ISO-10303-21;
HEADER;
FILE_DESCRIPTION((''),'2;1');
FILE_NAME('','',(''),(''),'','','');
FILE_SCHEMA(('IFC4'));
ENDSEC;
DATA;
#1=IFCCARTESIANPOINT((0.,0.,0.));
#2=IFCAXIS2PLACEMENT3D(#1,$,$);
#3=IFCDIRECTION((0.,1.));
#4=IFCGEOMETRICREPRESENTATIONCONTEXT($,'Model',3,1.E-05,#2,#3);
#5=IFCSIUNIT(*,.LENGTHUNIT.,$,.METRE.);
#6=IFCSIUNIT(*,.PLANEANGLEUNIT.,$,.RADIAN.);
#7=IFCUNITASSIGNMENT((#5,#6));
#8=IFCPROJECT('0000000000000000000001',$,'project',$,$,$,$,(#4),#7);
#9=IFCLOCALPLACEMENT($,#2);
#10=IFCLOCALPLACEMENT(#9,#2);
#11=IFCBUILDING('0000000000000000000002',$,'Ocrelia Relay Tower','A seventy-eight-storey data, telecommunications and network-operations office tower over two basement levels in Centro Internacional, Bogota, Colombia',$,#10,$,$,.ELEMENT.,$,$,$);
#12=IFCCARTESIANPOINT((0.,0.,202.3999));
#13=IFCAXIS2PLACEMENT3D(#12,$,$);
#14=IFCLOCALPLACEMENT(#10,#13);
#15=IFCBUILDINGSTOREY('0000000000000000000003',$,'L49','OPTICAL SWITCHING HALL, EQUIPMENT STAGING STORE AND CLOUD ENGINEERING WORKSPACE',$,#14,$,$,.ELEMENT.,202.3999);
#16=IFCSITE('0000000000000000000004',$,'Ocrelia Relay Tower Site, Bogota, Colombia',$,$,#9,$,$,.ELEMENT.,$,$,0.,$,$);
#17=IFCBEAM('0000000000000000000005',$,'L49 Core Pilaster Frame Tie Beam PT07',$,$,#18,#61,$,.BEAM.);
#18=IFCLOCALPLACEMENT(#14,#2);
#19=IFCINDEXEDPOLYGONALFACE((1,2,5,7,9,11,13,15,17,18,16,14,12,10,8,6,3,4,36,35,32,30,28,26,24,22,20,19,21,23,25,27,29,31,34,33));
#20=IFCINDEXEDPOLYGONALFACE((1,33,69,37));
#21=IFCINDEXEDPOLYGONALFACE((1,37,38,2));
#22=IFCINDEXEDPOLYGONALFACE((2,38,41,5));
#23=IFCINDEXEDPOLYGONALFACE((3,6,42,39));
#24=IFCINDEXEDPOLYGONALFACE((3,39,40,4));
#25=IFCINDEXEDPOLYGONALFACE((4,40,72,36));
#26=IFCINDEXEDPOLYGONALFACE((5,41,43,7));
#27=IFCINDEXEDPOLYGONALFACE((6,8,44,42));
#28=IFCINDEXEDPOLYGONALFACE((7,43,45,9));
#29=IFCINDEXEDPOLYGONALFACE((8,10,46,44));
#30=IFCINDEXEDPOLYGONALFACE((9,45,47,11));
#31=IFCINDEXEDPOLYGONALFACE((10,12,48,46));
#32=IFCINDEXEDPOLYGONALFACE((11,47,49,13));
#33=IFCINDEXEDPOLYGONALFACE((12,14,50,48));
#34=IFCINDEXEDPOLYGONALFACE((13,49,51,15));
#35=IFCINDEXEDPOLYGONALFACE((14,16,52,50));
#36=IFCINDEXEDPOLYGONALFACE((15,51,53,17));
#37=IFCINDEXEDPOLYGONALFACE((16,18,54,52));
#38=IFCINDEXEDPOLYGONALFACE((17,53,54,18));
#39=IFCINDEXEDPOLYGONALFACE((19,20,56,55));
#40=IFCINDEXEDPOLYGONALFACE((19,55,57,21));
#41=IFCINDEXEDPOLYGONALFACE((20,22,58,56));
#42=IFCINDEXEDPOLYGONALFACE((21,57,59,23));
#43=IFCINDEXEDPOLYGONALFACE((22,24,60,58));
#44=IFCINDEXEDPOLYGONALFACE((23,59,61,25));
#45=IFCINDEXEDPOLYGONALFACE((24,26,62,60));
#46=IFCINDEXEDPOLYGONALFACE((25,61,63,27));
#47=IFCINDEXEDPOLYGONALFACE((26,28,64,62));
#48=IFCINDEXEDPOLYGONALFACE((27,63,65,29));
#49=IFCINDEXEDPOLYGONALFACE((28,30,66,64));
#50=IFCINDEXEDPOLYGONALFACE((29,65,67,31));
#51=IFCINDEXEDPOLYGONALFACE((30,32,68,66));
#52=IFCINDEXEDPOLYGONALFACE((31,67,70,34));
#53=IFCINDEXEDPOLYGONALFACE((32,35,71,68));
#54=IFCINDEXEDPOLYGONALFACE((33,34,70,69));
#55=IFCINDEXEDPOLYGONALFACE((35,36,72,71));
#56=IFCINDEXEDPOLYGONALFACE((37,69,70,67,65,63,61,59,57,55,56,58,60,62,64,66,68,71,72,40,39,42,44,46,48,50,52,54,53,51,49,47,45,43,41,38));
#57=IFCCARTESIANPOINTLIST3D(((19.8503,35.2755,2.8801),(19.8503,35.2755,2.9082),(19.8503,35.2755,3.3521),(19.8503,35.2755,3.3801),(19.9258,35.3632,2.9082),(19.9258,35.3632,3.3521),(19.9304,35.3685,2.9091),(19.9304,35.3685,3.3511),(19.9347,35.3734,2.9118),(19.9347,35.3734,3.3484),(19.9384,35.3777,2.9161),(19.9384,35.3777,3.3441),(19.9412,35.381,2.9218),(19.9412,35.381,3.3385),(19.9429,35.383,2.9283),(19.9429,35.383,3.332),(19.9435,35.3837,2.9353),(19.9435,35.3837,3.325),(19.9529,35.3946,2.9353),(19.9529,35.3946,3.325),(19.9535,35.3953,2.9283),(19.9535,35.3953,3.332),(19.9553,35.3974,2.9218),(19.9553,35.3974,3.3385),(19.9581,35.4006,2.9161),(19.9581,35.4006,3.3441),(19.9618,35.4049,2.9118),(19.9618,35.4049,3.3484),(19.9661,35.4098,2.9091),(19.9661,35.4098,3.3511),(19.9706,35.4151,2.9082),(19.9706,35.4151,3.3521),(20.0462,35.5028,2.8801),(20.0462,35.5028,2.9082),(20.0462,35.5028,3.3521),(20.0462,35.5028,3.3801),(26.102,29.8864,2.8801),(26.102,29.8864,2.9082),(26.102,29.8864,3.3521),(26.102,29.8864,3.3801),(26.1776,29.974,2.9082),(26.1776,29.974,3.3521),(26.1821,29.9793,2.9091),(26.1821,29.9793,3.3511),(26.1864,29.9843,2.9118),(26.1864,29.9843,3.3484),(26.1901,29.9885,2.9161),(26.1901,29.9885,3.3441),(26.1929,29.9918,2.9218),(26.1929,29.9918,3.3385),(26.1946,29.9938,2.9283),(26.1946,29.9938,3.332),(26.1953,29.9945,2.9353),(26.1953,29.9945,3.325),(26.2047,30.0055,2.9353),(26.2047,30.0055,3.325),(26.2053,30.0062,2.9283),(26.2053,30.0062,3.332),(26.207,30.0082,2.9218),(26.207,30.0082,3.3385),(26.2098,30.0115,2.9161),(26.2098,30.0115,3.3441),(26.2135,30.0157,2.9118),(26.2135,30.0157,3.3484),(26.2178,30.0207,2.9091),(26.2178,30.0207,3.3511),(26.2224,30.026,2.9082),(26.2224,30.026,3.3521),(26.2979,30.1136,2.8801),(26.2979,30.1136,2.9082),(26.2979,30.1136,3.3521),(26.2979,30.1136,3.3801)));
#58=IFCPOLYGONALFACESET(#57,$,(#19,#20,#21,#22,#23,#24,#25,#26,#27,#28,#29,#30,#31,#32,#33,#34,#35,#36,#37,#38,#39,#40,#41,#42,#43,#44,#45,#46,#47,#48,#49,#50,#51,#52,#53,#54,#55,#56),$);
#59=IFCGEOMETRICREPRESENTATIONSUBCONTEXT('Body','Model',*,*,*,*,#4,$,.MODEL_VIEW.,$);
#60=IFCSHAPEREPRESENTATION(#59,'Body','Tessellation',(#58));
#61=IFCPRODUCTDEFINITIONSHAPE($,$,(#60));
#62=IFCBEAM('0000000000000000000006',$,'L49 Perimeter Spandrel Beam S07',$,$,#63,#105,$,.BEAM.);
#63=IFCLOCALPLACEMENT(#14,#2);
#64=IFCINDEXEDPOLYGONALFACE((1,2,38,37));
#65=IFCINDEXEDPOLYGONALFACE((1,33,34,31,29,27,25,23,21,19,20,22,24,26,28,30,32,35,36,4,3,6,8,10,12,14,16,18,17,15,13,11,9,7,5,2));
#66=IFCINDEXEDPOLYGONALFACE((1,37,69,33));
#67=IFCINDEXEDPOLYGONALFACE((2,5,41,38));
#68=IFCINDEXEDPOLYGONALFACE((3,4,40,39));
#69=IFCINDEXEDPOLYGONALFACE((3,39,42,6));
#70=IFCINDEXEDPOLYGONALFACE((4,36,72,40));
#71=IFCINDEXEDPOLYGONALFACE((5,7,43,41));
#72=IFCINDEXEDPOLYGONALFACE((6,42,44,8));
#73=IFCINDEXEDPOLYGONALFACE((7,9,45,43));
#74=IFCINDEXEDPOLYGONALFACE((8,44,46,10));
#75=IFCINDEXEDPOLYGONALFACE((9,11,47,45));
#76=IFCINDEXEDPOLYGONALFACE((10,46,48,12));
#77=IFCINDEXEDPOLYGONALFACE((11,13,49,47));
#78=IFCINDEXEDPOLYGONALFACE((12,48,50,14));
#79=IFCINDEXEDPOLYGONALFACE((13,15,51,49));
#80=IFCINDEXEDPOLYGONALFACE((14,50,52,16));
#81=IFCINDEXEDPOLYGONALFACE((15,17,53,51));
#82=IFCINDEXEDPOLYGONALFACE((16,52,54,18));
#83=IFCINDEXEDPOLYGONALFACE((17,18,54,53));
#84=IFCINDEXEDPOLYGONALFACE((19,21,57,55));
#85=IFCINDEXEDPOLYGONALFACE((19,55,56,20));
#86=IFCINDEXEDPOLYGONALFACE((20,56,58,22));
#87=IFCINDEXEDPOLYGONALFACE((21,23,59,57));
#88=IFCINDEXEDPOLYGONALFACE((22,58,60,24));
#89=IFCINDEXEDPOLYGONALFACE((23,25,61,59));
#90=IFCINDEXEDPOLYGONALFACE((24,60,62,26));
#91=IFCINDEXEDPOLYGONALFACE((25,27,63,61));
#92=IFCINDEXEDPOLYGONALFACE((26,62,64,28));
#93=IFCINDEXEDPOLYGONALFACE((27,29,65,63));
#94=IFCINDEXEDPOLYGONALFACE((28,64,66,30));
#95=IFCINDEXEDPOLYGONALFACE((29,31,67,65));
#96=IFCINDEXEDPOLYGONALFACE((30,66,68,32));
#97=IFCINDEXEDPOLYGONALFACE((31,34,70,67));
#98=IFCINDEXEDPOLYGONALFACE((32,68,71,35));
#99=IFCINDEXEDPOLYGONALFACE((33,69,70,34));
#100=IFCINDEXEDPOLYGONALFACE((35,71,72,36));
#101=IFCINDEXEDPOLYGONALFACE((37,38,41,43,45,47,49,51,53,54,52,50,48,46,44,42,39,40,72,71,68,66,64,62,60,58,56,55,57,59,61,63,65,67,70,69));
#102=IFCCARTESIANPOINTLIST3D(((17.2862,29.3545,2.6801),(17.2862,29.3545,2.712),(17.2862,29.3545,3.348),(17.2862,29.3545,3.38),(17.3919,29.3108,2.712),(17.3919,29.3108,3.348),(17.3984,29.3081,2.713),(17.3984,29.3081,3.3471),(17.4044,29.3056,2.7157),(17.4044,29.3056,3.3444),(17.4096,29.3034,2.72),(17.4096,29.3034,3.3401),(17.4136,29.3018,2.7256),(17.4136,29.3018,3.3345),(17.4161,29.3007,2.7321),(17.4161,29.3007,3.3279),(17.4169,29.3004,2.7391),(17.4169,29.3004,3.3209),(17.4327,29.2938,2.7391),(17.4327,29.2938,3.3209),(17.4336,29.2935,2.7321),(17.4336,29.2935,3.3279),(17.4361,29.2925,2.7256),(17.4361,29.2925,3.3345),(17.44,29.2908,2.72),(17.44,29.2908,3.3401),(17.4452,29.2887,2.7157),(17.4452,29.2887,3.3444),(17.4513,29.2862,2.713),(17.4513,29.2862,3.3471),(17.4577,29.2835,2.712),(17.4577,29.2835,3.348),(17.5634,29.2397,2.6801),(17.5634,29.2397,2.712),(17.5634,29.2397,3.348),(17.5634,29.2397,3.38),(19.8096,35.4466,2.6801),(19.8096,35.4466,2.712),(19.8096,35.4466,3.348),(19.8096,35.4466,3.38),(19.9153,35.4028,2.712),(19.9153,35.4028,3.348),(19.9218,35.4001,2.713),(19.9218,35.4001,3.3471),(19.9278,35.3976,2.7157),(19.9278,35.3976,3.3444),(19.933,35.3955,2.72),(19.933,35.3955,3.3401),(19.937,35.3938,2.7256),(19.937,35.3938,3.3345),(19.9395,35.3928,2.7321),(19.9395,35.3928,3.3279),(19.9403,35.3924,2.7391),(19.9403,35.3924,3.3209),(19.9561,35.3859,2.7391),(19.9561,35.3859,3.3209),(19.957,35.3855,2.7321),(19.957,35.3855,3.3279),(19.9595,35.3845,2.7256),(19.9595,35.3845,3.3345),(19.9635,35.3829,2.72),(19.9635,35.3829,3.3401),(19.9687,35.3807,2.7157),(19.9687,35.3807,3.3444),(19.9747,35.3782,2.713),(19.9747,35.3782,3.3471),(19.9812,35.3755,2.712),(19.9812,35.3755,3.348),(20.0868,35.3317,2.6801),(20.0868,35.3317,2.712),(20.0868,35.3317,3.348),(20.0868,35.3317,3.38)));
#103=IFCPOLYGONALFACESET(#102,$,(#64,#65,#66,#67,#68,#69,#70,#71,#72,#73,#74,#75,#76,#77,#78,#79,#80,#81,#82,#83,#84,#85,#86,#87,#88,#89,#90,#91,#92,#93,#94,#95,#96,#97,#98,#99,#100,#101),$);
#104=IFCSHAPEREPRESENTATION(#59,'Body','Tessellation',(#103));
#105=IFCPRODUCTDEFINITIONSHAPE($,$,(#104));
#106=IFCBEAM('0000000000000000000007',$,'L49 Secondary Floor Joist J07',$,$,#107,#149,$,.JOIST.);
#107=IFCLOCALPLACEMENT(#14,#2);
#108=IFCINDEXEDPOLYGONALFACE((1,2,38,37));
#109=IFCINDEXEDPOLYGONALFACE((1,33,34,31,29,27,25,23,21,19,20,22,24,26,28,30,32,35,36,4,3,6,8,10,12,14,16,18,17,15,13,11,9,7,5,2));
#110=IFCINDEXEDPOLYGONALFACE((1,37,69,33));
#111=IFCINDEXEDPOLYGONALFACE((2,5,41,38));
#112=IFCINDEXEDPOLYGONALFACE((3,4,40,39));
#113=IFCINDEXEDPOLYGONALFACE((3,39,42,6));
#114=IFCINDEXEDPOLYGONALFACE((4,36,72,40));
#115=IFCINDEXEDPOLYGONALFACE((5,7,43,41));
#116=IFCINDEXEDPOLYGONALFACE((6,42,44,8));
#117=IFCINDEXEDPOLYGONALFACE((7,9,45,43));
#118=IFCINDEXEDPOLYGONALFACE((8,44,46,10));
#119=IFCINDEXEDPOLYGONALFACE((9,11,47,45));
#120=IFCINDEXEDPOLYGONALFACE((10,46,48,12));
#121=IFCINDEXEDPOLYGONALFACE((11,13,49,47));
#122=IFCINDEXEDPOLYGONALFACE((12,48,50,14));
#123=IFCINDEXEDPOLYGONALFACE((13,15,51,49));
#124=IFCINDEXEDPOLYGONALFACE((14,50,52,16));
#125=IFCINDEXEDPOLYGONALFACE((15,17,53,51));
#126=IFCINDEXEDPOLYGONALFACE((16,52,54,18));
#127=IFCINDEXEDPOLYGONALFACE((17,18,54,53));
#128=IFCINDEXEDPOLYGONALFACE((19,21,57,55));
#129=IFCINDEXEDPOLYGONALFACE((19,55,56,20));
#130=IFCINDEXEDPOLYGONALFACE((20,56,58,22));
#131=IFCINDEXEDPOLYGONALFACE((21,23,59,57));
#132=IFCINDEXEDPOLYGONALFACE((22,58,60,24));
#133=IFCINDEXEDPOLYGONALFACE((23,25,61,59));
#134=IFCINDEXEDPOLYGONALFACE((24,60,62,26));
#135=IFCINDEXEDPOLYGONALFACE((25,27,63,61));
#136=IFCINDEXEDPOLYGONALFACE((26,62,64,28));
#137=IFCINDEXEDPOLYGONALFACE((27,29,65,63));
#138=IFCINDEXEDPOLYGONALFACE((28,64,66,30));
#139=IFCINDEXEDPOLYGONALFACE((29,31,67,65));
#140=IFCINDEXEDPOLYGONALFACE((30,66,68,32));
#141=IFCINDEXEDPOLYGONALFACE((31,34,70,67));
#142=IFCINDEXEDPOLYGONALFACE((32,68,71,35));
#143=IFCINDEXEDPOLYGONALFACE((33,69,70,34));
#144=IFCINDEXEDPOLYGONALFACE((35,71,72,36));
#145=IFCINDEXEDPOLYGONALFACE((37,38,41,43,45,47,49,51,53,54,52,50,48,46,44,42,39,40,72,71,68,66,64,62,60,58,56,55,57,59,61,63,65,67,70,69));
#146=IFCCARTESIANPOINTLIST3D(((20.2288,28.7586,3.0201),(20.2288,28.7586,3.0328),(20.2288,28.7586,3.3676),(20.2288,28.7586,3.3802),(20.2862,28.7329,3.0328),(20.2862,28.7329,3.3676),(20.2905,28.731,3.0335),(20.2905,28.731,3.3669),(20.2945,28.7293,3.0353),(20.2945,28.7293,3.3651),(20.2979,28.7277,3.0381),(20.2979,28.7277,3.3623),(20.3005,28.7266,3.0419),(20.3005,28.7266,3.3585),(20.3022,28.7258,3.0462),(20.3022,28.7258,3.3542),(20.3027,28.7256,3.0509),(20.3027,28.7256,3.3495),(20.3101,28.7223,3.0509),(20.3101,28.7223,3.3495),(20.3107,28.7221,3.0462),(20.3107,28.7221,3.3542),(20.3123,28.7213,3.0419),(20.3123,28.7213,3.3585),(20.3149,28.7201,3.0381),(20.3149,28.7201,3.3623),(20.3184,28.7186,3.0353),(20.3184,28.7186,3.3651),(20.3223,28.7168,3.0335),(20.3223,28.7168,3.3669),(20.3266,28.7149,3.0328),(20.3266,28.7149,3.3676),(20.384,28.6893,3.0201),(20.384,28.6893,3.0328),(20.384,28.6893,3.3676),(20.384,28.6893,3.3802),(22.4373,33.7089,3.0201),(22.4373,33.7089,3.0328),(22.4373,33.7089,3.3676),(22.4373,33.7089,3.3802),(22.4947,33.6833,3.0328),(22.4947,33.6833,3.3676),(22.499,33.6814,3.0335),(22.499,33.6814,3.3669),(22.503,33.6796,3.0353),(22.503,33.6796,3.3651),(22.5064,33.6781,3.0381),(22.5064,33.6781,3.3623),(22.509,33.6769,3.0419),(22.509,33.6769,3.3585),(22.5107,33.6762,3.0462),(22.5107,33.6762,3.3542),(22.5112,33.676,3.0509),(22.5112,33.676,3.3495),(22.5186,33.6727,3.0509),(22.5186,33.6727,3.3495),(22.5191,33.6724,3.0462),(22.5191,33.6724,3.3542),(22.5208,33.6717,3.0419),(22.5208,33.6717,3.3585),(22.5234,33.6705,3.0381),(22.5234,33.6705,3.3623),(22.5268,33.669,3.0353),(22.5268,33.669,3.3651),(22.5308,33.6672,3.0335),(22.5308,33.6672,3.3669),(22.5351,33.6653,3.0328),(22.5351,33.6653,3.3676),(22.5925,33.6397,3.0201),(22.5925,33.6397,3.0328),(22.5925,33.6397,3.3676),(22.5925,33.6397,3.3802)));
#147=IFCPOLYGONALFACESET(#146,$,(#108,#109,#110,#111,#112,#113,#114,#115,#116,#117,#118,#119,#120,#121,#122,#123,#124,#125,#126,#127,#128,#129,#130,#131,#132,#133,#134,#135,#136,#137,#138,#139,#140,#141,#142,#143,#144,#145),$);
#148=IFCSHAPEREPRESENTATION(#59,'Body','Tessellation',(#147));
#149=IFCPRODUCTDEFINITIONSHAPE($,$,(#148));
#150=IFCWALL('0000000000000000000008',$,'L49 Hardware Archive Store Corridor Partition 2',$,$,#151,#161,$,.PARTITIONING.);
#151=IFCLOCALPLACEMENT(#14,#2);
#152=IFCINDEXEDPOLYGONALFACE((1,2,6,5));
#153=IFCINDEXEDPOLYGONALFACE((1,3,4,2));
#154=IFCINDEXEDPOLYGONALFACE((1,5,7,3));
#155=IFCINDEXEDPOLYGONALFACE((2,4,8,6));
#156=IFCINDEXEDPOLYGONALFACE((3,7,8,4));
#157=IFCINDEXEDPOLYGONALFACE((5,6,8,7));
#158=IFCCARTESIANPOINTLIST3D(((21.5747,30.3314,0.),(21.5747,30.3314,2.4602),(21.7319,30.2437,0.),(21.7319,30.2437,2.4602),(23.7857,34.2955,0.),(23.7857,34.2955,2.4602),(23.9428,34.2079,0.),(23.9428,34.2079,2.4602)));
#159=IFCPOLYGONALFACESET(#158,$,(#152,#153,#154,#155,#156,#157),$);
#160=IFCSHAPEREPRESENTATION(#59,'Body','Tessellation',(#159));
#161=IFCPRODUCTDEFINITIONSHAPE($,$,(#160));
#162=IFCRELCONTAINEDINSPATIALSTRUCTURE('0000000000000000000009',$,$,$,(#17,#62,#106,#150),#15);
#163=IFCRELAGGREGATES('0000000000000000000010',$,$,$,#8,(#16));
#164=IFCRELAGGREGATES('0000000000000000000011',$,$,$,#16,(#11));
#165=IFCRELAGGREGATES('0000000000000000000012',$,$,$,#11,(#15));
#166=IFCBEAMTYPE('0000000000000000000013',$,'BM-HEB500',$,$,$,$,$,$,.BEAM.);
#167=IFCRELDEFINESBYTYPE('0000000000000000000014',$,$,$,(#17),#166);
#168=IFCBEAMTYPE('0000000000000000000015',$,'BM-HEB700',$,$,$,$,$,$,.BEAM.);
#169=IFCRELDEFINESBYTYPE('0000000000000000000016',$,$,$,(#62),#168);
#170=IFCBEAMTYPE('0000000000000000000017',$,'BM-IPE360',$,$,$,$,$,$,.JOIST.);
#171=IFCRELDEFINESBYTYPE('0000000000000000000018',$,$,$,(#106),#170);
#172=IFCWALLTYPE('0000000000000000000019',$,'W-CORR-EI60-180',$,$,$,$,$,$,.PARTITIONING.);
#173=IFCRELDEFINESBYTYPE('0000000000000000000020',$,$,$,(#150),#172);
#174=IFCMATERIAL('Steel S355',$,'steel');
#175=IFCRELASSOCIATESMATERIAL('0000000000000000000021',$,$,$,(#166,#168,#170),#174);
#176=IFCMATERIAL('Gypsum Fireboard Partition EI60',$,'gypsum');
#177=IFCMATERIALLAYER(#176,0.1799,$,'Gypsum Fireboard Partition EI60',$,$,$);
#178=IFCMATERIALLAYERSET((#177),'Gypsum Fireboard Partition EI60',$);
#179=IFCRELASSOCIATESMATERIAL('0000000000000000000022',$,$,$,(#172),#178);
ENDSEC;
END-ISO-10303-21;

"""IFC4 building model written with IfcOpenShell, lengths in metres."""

from ifc_helpers import new_model, si_unit, direction, frame, frame_2d, origin, origin_2d, place, context, subcontext, project, spatial, rectangle, i_section, extrude, material, layer, layer_set, material_profile, profile_set, type_object, element, save


model = new_model("IFC4")

# Units and contexts
model_context = context("Model", 3, precision=1e-05, world=origin(), true_north=direction((0.0, 1.0)))
body_context = subcontext(model_context, "Body", "Model", "MODEL_VIEW")
ifc_project = project(units=[si_unit("LENGTHUNIT", "METRE"), si_unit("PLANEANGLEUNIT", "RADIAN")], contexts=[model_context])

# Site, building, storey
site_placement = place(None, origin())
site = spatial("IfcSite", under=ifc_project, at=site_placement, Name="Ocrelia Relay Tower Site, Bogota, Colombia", CompositionType="ELEMENT", RefElevation=0.0)
building_placement = place(site_placement, origin())
building = spatial("IfcBuilding", under=site, at=building_placement, Name="Ocrelia Relay Tower", Description="A seventy-eight-storey data, telecommunications and network-operations office tower over two basement levels in Centro Internacional, Bogota, Colombia", CompositionType="ELEMENT")
storey_placement = place(building_placement, frame((0.0, 0.0, 202.3999)))
storey = spatial("IfcBuildingStorey", under=building, at=storey_placement, Name="L49", Description="OPTICAL SWITCHING HALL, EQUIPMENT STAGING STORE AND CLOUD ENGINEERING WORKSPACE", CompositionType="ELEMENT", Elevation=202.3999)

# Beams
ifc_material_1 = material(Name="Steel S355", Category="steel")
ifc_material_profile_1 = material_profile(ifc_material_1, i_section(OverallWidth=0.3, OverallDepth=0.5, WebThickness=0.0144, FlangeThickness=0.0281, FilletRadius=0.0271, at=origin_2d()), Name="HEB 500")
ifc_profile_set_1 = profile_set([ifc_material_profile_1], Name="Steel S355")
beam_type_1 = type_object("IfcBeamType", Name="BM-HEB500", PredefinedType="BEAM", material=ifc_profile_set_1)
beam_1_placement = place(storey_placement, frame((19.9482, 35.3892, 3.1301), z_axis=(0.757425, -0.652923, 0.0), x_axis=(0.652923, 0.757425, 0.0)))
element("IfcBeam", 1, at=beam_1_placement, inside=storey, type_object=beam_type_1, Name="L49 Core Pilaster Frame Tie Beam PT07", PredefinedType="BEAM", context=body_context, shape_type="SweptSolid", body=[
    extrude(i_section(OverallWidth=0.3, OverallDepth=0.5, WebThickness=0.0144, FlangeThickness=0.0281, FilletRadius=0.0271, at=origin_2d()), origin(), (0.0, 0.0, 1.0), 8.2539),
])
ifc_material_profile_2 = material_profile(ifc_material_1, i_section(OverallWidth=0.3, OverallDepth=0.7, WebThickness=0.0171, FlangeThickness=0.032, FilletRadius=0.0271, at=origin_2d()), Name="HEB 700")
ifc_profile_set_2 = profile_set([ifc_material_profile_2], Name="Steel S355")
beam_type_2 = type_object("IfcBeamType", Name="BM-HEB700", PredefinedType="BEAM", material=ifc_profile_set_2)
beam_2_placement = place(storey_placement, frame((19.9482, 35.3892, 3.03), z_axis=(-0.382688, -0.923878, 0.0), x_axis=(0.923878, -0.382688, 0.0)))
element("IfcBeam", 2, at=beam_2_placement, inside=storey, type_object=beam_type_2, Name="L49 Perimeter Spandrel Beam S07", PredefinedType="BEAM", context=body_context, shape_type="SweptSolid", body=[
    extrude(i_section(OverallWidth=0.3, OverallDepth=0.7, WebThickness=0.0171, FlangeThickness=0.032, FilletRadius=0.0271, at=origin_2d()), origin(), (0.0, 0.0, 1.0), 6.594),
])
ifc_material_profile_3 = material_profile(ifc_material_1, i_section(OverallWidth=0.1699, OverallDepth=0.3601, WebThickness=0.0081, FlangeThickness=0.0127, FilletRadius=0.0181, at=origin_2d()), Name="IPE 360")
ifc_profile_set_3 = profile_set([ifc_material_profile_3], Name="Steel S355")
beam_type_3 = type_object("IfcBeamType", Name="BM-IPE360", PredefinedType="JOIST", material=ifc_profile_set_3)
beam_3_placement = place(storey_placement, frame((22.5149, 33.6743, 3.2002), z_axis=(-0.407417, -0.913242, 0.0), x_axis=(0.913242, -0.407417, 0.0)))
element("IfcBeam", 3, at=beam_3_placement, inside=storey, type_object=beam_type_3, Name="L49 Secondary Floor Joist J07", PredefinedType="JOIST", context=body_context, shape_type="SweptSolid", body=[
    extrude(i_section(OverallWidth=0.1699, OverallDepth=0.3601, WebThickness=0.0081, FlangeThickness=0.0127, FilletRadius=0.0181, at=origin_2d()), origin(), (0.0, 0.0, 1.0), 5.4207),
])

# Wall
ifc_material_2 = material(Name="Gypsum Fireboard Partition EI60", Category="gypsum")
ifc_layer_1 = layer(ifc_material_2, 0.1799, Name="Gypsum Fireboard Partition EI60")
ifc_layer_set_1 = layer_set([ifc_layer_1], Name="Gypsum Fireboard Partition EI60")
wall_type_1 = type_object("IfcWallType", Name="W-CORR-EI60-180", PredefinedType="PARTITIONING", material=ifc_layer_set_1)
wall_1_placement = place(storey_placement, frame((23.8643, 34.2517, 0.0), z_axis=(0.0, 0.0, 1.0), x_axis=(-0.487099, -0.873347, 0.0)))
element("IfcWall", 4, at=wall_1_placement, inside=storey, type_object=wall_type_1, Name="L49 Hardware Archive Store Corridor Partition 2", PredefinedType="PARTITIONING", context=body_context, shape_type="SweptSolid", body=[
    extrude(rectangle(XDim=4.5391, YDim=0.1799, at=frame_2d((2.2695, 0.0))), origin(), (0.0, 0.0, 1.0), 2.4602),
])

save(model, "model.ifc")
